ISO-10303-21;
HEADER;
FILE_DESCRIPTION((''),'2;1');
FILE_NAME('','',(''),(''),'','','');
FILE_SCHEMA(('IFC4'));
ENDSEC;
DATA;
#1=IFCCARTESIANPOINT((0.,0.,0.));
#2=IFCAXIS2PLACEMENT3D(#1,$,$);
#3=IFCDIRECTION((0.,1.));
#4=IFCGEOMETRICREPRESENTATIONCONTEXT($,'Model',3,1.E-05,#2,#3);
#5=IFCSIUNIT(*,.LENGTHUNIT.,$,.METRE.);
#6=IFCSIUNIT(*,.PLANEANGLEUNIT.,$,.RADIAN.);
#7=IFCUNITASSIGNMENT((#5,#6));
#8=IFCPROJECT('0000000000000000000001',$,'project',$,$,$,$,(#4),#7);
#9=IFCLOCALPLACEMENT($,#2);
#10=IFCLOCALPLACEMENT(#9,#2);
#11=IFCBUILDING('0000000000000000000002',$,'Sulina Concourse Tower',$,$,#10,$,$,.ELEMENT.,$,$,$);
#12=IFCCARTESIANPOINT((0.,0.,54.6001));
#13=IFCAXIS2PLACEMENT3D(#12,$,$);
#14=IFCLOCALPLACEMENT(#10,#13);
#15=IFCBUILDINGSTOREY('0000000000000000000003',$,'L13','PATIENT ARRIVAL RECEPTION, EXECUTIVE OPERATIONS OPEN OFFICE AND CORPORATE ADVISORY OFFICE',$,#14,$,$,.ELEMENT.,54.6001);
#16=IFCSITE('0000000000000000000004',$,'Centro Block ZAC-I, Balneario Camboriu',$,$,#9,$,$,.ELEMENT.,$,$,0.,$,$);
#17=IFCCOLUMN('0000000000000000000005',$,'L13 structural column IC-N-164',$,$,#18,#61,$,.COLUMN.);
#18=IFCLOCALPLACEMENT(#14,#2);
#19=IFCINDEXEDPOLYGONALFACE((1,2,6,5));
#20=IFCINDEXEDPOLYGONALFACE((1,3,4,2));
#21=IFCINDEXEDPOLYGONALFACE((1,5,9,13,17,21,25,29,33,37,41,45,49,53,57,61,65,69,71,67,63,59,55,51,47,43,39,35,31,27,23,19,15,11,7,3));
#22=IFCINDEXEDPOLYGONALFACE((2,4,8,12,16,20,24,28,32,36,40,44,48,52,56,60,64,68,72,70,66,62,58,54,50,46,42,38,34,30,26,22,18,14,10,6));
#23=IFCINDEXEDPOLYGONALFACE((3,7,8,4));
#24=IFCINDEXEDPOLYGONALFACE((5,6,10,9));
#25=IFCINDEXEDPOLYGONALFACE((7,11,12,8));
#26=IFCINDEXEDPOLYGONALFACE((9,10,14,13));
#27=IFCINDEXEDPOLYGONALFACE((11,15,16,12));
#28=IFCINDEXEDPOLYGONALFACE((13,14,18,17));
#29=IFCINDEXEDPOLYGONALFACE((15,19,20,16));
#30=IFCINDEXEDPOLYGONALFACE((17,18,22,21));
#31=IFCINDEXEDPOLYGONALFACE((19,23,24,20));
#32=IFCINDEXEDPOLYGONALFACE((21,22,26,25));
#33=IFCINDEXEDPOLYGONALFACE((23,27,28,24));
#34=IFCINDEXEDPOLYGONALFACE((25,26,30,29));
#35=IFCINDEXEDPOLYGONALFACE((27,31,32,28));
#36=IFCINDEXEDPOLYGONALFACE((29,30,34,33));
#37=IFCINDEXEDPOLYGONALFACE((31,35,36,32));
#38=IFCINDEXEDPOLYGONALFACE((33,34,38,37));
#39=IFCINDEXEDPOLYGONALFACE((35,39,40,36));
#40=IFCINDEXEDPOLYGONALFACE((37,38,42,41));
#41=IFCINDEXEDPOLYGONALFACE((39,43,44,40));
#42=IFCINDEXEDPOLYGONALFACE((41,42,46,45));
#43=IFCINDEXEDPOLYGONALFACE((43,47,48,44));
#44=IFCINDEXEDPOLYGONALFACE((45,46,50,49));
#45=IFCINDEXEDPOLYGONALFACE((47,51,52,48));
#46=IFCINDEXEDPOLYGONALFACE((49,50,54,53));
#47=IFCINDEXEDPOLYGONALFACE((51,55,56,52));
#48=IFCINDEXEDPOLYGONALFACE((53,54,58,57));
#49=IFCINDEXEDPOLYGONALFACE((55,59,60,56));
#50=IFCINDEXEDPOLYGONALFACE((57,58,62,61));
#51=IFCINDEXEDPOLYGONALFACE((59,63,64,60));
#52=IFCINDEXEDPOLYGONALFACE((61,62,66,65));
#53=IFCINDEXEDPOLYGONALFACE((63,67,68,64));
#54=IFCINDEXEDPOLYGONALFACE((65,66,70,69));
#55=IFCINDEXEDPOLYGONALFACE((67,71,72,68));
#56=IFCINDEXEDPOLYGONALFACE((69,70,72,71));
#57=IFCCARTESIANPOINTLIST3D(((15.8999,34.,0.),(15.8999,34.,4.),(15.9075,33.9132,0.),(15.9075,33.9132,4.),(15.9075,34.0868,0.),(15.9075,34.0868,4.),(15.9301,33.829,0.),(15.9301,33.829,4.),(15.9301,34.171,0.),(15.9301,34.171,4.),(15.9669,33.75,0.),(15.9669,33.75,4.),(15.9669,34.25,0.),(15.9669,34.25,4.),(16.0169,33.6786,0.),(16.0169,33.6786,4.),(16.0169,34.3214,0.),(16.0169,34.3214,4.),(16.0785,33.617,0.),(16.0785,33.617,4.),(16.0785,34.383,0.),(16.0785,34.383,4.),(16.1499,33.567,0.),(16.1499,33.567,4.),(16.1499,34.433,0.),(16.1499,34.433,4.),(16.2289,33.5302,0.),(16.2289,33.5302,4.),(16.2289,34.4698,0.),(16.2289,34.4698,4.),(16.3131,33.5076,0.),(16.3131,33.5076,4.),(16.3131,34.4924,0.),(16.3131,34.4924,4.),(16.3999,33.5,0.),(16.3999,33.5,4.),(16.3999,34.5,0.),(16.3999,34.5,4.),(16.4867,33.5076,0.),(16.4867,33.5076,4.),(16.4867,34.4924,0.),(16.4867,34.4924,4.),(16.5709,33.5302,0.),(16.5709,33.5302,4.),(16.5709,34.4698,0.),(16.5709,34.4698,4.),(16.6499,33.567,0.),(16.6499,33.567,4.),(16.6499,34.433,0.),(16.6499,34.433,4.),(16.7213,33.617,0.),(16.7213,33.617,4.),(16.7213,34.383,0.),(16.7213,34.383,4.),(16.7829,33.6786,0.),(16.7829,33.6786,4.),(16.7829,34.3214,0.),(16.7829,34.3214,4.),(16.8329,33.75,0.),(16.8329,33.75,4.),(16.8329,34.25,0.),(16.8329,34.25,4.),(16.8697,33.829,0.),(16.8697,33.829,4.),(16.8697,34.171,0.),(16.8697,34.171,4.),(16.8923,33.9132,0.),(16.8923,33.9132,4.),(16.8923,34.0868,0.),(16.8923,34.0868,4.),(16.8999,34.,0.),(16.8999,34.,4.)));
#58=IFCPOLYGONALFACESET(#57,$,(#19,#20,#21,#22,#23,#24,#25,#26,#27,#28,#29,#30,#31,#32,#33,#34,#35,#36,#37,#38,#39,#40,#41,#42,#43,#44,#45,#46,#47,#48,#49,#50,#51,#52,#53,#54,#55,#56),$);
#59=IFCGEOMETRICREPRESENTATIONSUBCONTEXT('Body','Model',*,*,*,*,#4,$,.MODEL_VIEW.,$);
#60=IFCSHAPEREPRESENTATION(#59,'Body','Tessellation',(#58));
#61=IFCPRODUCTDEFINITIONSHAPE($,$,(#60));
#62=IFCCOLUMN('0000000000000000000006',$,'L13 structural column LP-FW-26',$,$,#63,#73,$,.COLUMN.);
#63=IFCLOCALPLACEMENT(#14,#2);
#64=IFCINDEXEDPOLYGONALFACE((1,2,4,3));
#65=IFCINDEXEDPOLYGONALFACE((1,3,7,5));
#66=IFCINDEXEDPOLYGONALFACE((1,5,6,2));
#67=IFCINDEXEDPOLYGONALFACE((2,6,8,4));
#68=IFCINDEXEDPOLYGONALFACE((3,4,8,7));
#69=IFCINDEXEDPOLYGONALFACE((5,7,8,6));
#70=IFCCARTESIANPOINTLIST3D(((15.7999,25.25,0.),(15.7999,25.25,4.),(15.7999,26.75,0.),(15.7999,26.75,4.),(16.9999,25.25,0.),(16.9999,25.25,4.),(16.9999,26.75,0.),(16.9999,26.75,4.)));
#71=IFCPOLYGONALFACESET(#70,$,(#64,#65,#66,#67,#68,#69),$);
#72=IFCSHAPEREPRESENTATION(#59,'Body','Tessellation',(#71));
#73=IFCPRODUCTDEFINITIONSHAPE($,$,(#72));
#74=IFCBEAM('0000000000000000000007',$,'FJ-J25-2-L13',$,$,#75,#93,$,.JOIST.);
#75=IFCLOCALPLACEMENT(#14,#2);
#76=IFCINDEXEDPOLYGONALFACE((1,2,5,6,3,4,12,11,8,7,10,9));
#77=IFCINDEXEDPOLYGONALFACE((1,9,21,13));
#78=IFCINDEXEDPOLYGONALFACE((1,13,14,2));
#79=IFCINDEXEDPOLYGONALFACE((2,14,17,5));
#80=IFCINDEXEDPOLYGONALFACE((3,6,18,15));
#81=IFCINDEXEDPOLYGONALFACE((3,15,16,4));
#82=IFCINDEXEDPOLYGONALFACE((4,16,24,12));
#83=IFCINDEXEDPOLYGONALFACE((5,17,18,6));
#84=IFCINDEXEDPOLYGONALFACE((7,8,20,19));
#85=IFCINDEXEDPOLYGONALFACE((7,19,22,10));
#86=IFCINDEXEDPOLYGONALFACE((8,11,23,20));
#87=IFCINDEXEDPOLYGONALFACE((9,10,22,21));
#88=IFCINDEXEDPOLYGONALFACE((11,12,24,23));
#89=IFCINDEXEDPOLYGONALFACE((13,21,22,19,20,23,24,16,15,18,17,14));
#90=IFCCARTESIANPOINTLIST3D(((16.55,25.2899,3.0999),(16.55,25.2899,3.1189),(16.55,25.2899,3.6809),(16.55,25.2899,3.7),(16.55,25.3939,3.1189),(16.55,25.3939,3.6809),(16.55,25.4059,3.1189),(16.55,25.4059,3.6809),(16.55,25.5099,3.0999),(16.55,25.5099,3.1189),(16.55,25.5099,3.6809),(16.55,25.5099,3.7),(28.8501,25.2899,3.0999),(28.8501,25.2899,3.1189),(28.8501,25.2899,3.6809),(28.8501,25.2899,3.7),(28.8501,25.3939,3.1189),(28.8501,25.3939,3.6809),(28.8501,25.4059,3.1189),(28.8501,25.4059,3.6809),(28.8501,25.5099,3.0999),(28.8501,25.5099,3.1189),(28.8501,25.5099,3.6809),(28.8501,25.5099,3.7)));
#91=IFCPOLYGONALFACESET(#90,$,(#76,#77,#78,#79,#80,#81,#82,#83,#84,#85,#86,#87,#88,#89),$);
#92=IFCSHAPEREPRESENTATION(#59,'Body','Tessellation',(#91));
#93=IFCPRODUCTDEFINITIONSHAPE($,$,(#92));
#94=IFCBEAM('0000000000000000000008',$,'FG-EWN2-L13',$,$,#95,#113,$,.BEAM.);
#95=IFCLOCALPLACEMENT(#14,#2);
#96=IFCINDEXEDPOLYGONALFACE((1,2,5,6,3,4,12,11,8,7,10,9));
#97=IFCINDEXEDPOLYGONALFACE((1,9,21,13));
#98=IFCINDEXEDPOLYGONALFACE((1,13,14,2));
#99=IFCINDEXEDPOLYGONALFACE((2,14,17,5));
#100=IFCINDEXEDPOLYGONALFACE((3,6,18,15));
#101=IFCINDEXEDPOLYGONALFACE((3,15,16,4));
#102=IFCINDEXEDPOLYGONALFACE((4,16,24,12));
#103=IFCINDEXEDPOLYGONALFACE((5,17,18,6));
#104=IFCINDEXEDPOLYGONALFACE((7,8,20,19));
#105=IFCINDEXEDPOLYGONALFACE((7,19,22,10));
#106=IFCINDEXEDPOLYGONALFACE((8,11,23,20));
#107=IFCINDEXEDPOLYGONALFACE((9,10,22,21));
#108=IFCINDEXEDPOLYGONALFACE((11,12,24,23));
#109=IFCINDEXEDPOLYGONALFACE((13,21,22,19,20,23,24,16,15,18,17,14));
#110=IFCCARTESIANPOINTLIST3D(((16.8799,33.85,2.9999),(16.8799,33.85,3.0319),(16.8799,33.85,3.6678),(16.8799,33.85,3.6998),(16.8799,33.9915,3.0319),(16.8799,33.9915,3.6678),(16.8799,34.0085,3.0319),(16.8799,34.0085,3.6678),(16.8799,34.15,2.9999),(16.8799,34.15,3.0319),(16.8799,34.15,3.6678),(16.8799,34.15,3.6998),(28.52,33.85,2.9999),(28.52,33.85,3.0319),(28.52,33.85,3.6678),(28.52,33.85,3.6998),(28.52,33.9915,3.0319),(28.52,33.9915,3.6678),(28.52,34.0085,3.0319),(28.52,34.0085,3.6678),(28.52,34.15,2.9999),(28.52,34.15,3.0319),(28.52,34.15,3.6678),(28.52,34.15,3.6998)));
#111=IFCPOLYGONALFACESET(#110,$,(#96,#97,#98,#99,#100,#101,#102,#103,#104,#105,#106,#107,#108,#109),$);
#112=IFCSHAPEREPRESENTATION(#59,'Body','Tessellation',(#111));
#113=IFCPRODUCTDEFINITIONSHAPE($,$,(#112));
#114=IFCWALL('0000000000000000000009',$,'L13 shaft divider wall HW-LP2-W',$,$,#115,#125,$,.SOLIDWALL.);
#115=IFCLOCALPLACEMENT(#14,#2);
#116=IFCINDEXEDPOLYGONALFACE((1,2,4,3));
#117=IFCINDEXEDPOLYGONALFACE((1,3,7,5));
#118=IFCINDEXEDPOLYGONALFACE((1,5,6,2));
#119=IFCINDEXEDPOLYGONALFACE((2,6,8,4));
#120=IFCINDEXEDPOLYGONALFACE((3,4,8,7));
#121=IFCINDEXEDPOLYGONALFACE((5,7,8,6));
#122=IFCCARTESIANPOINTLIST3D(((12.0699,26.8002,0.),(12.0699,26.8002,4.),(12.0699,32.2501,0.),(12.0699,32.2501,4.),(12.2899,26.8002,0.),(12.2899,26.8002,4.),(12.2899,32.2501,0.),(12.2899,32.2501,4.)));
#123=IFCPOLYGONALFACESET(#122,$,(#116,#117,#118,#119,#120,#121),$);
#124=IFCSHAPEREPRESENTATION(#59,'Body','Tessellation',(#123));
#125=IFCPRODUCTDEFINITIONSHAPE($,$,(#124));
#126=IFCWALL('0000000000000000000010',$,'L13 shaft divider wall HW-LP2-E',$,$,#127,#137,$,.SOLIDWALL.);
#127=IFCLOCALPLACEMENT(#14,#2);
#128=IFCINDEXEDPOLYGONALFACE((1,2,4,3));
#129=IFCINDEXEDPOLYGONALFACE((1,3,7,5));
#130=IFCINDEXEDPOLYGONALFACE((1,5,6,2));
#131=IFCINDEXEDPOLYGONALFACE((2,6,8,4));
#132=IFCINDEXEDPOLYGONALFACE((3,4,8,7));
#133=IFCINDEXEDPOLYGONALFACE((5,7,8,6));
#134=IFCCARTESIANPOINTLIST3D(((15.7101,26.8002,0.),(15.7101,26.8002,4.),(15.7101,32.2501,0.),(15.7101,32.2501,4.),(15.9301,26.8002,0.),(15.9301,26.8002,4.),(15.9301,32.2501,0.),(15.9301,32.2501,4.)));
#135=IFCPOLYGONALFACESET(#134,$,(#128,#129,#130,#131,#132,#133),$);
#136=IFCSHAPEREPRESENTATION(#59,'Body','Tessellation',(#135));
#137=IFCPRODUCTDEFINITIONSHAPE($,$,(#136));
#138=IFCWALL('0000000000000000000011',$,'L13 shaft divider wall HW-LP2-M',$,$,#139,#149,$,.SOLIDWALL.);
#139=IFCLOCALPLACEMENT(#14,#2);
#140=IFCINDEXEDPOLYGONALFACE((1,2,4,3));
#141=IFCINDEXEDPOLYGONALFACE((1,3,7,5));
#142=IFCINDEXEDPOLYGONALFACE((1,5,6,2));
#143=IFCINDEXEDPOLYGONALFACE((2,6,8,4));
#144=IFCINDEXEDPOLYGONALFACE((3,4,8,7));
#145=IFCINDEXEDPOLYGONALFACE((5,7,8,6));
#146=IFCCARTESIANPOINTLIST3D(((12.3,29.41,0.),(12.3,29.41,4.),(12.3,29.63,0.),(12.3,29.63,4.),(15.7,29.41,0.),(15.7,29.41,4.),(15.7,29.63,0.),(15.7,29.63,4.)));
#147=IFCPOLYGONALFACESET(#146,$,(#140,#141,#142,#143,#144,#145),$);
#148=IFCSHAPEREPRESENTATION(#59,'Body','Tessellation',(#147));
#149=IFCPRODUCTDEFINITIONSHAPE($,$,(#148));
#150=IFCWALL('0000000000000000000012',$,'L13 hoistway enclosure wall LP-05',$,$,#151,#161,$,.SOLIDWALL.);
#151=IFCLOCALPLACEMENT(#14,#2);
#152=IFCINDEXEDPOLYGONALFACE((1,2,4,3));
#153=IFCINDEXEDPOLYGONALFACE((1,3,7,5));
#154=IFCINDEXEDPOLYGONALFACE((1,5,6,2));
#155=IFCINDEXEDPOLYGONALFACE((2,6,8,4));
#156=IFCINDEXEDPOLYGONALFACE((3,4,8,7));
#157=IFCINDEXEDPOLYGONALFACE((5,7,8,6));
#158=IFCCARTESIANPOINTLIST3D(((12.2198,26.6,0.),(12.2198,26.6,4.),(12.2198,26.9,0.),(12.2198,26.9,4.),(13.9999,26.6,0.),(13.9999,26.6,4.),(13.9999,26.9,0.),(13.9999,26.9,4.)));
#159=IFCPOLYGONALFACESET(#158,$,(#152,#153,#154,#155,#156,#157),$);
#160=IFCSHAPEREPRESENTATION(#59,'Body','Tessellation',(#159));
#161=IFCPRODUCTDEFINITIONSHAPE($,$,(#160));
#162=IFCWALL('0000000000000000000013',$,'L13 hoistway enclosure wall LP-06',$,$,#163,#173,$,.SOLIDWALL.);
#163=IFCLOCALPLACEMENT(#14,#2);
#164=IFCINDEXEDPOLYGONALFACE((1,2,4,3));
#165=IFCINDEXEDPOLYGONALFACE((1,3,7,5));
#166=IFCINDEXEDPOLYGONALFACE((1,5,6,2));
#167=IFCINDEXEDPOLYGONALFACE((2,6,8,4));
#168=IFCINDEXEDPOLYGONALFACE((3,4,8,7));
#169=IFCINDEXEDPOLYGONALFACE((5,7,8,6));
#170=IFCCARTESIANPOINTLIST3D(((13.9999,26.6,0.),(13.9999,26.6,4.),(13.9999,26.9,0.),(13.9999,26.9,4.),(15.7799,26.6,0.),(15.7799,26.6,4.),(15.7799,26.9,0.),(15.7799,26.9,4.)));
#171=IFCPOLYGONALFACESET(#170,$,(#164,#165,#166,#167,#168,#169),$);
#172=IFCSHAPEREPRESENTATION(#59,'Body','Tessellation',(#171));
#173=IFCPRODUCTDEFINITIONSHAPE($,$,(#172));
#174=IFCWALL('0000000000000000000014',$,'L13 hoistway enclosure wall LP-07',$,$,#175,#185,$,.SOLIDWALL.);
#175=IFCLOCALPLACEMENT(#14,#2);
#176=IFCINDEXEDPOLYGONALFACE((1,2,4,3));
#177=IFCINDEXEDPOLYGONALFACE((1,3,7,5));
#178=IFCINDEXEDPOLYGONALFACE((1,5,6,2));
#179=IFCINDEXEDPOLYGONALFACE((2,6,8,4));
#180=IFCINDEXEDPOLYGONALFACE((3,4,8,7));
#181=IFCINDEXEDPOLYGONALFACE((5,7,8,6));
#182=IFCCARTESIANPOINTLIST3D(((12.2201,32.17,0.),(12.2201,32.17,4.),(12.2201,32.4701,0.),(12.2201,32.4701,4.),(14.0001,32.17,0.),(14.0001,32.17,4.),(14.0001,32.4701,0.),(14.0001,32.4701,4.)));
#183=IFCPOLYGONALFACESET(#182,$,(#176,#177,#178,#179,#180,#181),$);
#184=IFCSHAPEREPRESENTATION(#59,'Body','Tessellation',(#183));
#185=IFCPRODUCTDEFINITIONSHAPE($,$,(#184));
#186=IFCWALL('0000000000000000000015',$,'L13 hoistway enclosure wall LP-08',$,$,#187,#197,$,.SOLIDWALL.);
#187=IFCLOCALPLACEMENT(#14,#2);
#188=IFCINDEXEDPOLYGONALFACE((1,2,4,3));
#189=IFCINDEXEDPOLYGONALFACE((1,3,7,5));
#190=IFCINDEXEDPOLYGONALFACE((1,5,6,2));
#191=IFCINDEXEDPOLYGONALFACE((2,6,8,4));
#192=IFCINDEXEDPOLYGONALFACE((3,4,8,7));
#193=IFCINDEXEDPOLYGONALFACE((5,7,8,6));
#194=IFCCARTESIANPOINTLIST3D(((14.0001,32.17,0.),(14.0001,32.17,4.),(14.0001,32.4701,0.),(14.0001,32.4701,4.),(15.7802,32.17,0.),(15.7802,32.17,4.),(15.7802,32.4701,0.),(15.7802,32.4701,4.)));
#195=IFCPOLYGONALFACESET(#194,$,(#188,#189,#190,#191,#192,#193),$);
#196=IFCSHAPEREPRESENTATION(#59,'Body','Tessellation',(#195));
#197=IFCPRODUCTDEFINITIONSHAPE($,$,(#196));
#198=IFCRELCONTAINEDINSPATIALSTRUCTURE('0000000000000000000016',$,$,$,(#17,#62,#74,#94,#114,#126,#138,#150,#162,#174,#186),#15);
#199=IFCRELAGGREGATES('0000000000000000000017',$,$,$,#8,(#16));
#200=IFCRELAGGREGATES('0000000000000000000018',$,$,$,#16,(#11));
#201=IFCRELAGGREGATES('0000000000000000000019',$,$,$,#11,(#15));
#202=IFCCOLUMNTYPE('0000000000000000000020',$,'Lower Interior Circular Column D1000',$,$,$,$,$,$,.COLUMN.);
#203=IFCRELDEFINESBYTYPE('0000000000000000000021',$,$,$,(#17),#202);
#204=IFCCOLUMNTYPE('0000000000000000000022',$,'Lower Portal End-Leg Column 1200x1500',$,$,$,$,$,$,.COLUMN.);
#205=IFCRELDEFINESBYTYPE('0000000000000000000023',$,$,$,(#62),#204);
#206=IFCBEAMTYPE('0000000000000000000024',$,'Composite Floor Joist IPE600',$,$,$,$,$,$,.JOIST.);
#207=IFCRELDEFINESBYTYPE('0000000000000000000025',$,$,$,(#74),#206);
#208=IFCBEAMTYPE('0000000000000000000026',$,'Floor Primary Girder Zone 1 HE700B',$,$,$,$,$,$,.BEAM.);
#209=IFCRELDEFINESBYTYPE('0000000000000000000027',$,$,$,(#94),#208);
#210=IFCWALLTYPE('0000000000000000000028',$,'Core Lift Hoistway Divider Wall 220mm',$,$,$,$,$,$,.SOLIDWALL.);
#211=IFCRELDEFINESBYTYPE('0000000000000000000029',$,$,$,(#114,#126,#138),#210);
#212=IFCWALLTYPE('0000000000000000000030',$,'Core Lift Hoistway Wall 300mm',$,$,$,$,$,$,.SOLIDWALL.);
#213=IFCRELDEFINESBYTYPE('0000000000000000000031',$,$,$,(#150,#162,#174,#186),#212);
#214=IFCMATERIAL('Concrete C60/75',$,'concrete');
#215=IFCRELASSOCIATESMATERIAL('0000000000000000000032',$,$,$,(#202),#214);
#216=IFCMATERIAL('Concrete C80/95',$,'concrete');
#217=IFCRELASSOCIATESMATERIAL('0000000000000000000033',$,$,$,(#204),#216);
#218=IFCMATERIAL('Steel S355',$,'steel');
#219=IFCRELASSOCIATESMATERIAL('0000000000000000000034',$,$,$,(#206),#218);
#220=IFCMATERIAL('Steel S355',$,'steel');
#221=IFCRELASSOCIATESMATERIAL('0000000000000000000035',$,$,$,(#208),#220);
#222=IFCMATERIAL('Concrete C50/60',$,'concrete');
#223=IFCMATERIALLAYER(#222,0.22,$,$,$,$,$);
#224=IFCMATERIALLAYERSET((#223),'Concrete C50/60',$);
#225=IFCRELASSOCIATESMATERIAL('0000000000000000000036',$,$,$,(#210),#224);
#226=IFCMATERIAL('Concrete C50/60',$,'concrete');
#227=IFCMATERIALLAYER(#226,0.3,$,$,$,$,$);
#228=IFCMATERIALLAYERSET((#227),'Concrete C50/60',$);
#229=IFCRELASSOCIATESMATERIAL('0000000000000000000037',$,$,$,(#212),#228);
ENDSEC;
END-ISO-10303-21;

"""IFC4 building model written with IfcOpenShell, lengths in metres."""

from ifc_helpers import new_model, si_unit, direction, frame, frame_2d, origin, origin_2d, place, context, subcontext, project, spatial, rectangle, circle, i_section, extrude, material, layer, layer_set, material_profile, profile_set, type_object, element, save


model = new_model("IFC4")

# Units and contexts
model_context = context("Model", 3, precision=1e-05, world=origin(), true_north=direction((0.0, 1.0)))
body_context = subcontext(model_context, "Body", "Model", "MODEL_VIEW")
ifc_project = project(units=[si_unit("LENGTHUNIT", "METRE"), si_unit("PLANEANGLEUNIT", "RADIAN")], contexts=[model_context])

# Site, building, storey
site_placement = place(None, origin())
site = spatial("IfcSite", under=ifc_project, at=site_placement, Name="Centro Block ZAC-I, Balneario Camboriu", CompositionType="ELEMENT", RefElevation=0.0)
building_placement = place(site_placement, origin())
building = spatial("IfcBuilding", under=site, at=building_placement, Name="Sulina Concourse Tower", CompositionType="ELEMENT")
storey_placement = place(building_placement, frame((0.0, 0.0, 54.6001)))
storey = spatial("IfcBuildingStorey", under=building, at=storey_placement, Name="L13", Description="PATIENT ARRIVAL RECEPTION, EXECUTIVE OPERATIONS OPEN OFFICE AND CORPORATE ADVISORY OFFICE", CompositionType="ELEMENT", Elevation=54.6001)

# Columns
ifc_material_1 = material(Name="Concrete C60/75", Category="concrete")
ifc_material_profile_1 = material_profile(ifc_material_1, circle(Radius=0.5, at=origin_2d()), Name="RC D1000")
ifc_profile_set_1 = profile_set([ifc_material_profile_1], Name="Concrete C60/75")
column_type_1 = type_object("IfcColumnType", Name="Lower Interior Circular Column D1000", PredefinedType="COLUMN", material=ifc_profile_set_1)
column_1_placement = place(storey_placement, frame((16.3999, 34.0, 0.0), z_axis=(0.0, 0.0, 1.0), x_axis=(1.0, 0.0, 0.0)))
element("IfcColumn", 1, at=column_1_placement, inside=storey, type_object=column_type_1, Name="L13 structural column IC-N-164", PredefinedType="COLUMN", context=body_context, shape_type="SweptSolid", body=[
    extrude(circle(Radius=0.5, at=origin_2d()), origin(), (0.0, 0.0, 1.0), 4.0),
])
ifc_material_2 = material(Name="Concrete C80/95", Category="concrete")
ifc_material_profile_2 = material_profile(ifc_material_2, rectangle(XDim=1.2, YDim=1.5, at=origin_2d()), Name="RC 1200x1500")
ifc_profile_set_2 = profile_set([ifc_material_profile_2], Name="Concrete C80/95")
column_type_2 = type_object("IfcColumnType", Name="Lower Portal End-Leg Column 1200x1500", PredefinedType="COLUMN", material=ifc_profile_set_2)
column_2_placement = place(storey_placement, frame((16.3999, 26.0, 0.0), z_axis=(0.0, 0.0, 1.0), x_axis=(1.0, 0.0, 0.0)))
element("IfcColumn", 2, at=column_2_placement, inside=storey, type_object=column_type_2, Name="L13 structural column LP-FW-26", PredefinedType="COLUMN", context=body_context, shape_type="SweptSolid", body=[
    extrude(rectangle(XDim=1.2, YDim=1.5, at=origin_2d()), origin(), (0.0, 0.0, 1.0), 4.0),
])

# Beams
ifc_material_3 = material(Name="Steel S355", Category="steel")
ifc_material_profile_3 = material_profile(ifc_material_3, i_section(OverallWidth=0.22, OverallDepth=0.6001, WebThickness=0.012, FlangeThickness=0.019, at=origin_2d()), Name="IPE 600")
ifc_profile_set_3 = profile_set([ifc_material_profile_3], Name="Steel S355")
beam_type_1 = type_object("IfcBeamType", Name="Composite Floor Joist IPE600", PredefinedType="JOIST", material=ifc_profile_set_3)
beam_1_placement = place(storey_placement, frame((16.55, 25.3999, 3.3999), z_axis=(1.0, 0.0, 0.0), x_axis=(0.0, 1.0, 0.0)))
element("IfcBeam", 3, at=beam_1_placement, inside=storey, type_object=beam_type_1, Name="FJ-J25-2-L13", PredefinedType="JOIST", context=body_context, shape_type="SweptSolid", body=[
    extrude(i_section(OverallWidth=0.22, OverallDepth=0.6001, WebThickness=0.012, FlangeThickness=0.019, at=origin_2d()), origin(), (0.0, 0.0, 1.0), 12.3),
])
ifc_material_4 = material(Name="Steel S355", Category="steel")
ifc_material_profile_4 = material_profile(ifc_material_4, i_section(OverallWidth=0.3, OverallDepth=0.7, WebThickness=0.0171, FlangeThickness=0.032, at=origin_2d()), Name="HE 700 B")
ifc_profile_set_4 = profile_set([ifc_material_profile_4], Name="Steel S355")
beam_type_2 = type_object("IfcBeamType", Name="Floor Primary Girder Zone 1 HE700B", PredefinedType="BEAM", material=ifc_profile_set_4)
beam_2_placement = place(storey_placement, frame((16.8799, 34.0, 3.3499), z_axis=(1.0, 0.0, 0.0), x_axis=(0.0, 1.0, 0.0)))
element("IfcBeam", 4, at=beam_2_placement, inside=storey, type_object=beam_type_2, Name="FG-EWN2-L13", PredefinedType="BEAM", context=body_context, shape_type="SweptSolid", body=[
    extrude(i_section(OverallWidth=0.3, OverallDepth=0.7, WebThickness=0.0171, FlangeThickness=0.032, at=origin_2d()), origin(), (0.0, 0.0, 1.0), 11.6401),
])

# Walls
ifc_material_5 = material(Name="Concrete C50/60", Category="concrete")
ifc_layer_1 = layer(ifc_material_5, 0.22)
ifc_layer_set_1 = layer_set([ifc_layer_1], Name="Concrete C50/60")
wall_type_1 = type_object("IfcWallType", Name="Core Lift Hoistway Divider Wall 220mm", PredefinedType="SOLIDWALL", material=ifc_layer_set_1)
for number, where, z_axis, x_axis, name in (
    (5, (12.1799, 26.8, 0.0), (0.0, 0.0, 1.0), (0.0, 1.0, 0.0), "L13 shaft divider wall HW-LP2-W"),
    (6, (15.8201, 26.8, 0.0), (0.0, 0.0, 1.0), (0.0, 1.0, 0.0), "L13 shaft divider wall HW-LP2-E"),
):
    element("IfcWall", number, at=place(storey_placement, frame(where, z_axis=z_axis, x_axis=x_axis)), inside=storey, type_object=wall_type_1, Name=name, PredefinedType="SOLIDWALL", context=body_context, shape_type="SweptSolid", body=[
        extrude(rectangle(XDim=5.45, YDim=0.22, at=frame_2d((2.7251, 0.0))), origin(), (0.0, 0.0, 1.0), 4.0),
    ])
wall_1_placement = place(storey_placement, frame((12.3, 29.52, 0.0), z_axis=(0.0, 0.0, 1.0), x_axis=(1.0, 0.0, 0.0)))
element("IfcWall", 7, at=wall_1_placement, inside=storey, type_object=wall_type_1, Name="L13 shaft divider wall HW-LP2-M", PredefinedType="SOLIDWALL", context=body_context, shape_type="SweptSolid", body=[
    extrude(rectangle(XDim=3.3999, YDim=0.22, at=frame_2d((1.7, 0.0))), origin(), (0.0, 0.0, 1.0), 4.0),
])
ifc_material_6 = material(Name="Concrete C50/60", Category="concrete")
ifc_layer_2 = layer(ifc_material_6, 0.3)
ifc_layer_set_2 = layer_set([ifc_layer_2], Name="Concrete C50/60")
wall_type_2 = type_object("IfcWallType", Name="Core Lift Hoistway Wall 300mm", PredefinedType="SOLIDWALL", material=ifc_layer_set_2)
for number, where, z_axis, x_axis, name in (
    (8, (14.0, 26.75, 0.0), (0.0, 0.0, 1.0), (-1.0, 0.0, 0.0), "L13 hoistway enclosure wall LP-05"),
    (9, (15.78, 26.75, 0.0), (0.0, 0.0, 1.0), (-1.0, 0.0, 0.0), "L13 hoistway enclosure wall LP-06"),
    (10, (12.22, 32.3201, 0.0), (0.0, 0.0, 1.0), (1.0, 0.0, 0.0), "L13 hoistway enclosure wall LP-07"),
    (11, (14.0, 32.3201, 0.0), (0.0, 0.0, 1.0), (1.0, 0.0, 0.0), "L13 hoistway enclosure wall LP-08"),
):
    element("IfcWall", number, at=place(storey_placement, frame(where, z_axis=z_axis, x_axis=x_axis)), inside=storey, type_object=wall_type_2, Name=name, PredefinedType="SOLIDWALL", context=body_context, shape_type="SweptSolid", body=[
        extrude(rectangle(XDim=1.78, YDim=0.3, at=frame_2d((0.8901, 0.0))), origin(), (0.0, 0.0, 1.0), 4.0),
    ])

save(model, "model.ifc")
